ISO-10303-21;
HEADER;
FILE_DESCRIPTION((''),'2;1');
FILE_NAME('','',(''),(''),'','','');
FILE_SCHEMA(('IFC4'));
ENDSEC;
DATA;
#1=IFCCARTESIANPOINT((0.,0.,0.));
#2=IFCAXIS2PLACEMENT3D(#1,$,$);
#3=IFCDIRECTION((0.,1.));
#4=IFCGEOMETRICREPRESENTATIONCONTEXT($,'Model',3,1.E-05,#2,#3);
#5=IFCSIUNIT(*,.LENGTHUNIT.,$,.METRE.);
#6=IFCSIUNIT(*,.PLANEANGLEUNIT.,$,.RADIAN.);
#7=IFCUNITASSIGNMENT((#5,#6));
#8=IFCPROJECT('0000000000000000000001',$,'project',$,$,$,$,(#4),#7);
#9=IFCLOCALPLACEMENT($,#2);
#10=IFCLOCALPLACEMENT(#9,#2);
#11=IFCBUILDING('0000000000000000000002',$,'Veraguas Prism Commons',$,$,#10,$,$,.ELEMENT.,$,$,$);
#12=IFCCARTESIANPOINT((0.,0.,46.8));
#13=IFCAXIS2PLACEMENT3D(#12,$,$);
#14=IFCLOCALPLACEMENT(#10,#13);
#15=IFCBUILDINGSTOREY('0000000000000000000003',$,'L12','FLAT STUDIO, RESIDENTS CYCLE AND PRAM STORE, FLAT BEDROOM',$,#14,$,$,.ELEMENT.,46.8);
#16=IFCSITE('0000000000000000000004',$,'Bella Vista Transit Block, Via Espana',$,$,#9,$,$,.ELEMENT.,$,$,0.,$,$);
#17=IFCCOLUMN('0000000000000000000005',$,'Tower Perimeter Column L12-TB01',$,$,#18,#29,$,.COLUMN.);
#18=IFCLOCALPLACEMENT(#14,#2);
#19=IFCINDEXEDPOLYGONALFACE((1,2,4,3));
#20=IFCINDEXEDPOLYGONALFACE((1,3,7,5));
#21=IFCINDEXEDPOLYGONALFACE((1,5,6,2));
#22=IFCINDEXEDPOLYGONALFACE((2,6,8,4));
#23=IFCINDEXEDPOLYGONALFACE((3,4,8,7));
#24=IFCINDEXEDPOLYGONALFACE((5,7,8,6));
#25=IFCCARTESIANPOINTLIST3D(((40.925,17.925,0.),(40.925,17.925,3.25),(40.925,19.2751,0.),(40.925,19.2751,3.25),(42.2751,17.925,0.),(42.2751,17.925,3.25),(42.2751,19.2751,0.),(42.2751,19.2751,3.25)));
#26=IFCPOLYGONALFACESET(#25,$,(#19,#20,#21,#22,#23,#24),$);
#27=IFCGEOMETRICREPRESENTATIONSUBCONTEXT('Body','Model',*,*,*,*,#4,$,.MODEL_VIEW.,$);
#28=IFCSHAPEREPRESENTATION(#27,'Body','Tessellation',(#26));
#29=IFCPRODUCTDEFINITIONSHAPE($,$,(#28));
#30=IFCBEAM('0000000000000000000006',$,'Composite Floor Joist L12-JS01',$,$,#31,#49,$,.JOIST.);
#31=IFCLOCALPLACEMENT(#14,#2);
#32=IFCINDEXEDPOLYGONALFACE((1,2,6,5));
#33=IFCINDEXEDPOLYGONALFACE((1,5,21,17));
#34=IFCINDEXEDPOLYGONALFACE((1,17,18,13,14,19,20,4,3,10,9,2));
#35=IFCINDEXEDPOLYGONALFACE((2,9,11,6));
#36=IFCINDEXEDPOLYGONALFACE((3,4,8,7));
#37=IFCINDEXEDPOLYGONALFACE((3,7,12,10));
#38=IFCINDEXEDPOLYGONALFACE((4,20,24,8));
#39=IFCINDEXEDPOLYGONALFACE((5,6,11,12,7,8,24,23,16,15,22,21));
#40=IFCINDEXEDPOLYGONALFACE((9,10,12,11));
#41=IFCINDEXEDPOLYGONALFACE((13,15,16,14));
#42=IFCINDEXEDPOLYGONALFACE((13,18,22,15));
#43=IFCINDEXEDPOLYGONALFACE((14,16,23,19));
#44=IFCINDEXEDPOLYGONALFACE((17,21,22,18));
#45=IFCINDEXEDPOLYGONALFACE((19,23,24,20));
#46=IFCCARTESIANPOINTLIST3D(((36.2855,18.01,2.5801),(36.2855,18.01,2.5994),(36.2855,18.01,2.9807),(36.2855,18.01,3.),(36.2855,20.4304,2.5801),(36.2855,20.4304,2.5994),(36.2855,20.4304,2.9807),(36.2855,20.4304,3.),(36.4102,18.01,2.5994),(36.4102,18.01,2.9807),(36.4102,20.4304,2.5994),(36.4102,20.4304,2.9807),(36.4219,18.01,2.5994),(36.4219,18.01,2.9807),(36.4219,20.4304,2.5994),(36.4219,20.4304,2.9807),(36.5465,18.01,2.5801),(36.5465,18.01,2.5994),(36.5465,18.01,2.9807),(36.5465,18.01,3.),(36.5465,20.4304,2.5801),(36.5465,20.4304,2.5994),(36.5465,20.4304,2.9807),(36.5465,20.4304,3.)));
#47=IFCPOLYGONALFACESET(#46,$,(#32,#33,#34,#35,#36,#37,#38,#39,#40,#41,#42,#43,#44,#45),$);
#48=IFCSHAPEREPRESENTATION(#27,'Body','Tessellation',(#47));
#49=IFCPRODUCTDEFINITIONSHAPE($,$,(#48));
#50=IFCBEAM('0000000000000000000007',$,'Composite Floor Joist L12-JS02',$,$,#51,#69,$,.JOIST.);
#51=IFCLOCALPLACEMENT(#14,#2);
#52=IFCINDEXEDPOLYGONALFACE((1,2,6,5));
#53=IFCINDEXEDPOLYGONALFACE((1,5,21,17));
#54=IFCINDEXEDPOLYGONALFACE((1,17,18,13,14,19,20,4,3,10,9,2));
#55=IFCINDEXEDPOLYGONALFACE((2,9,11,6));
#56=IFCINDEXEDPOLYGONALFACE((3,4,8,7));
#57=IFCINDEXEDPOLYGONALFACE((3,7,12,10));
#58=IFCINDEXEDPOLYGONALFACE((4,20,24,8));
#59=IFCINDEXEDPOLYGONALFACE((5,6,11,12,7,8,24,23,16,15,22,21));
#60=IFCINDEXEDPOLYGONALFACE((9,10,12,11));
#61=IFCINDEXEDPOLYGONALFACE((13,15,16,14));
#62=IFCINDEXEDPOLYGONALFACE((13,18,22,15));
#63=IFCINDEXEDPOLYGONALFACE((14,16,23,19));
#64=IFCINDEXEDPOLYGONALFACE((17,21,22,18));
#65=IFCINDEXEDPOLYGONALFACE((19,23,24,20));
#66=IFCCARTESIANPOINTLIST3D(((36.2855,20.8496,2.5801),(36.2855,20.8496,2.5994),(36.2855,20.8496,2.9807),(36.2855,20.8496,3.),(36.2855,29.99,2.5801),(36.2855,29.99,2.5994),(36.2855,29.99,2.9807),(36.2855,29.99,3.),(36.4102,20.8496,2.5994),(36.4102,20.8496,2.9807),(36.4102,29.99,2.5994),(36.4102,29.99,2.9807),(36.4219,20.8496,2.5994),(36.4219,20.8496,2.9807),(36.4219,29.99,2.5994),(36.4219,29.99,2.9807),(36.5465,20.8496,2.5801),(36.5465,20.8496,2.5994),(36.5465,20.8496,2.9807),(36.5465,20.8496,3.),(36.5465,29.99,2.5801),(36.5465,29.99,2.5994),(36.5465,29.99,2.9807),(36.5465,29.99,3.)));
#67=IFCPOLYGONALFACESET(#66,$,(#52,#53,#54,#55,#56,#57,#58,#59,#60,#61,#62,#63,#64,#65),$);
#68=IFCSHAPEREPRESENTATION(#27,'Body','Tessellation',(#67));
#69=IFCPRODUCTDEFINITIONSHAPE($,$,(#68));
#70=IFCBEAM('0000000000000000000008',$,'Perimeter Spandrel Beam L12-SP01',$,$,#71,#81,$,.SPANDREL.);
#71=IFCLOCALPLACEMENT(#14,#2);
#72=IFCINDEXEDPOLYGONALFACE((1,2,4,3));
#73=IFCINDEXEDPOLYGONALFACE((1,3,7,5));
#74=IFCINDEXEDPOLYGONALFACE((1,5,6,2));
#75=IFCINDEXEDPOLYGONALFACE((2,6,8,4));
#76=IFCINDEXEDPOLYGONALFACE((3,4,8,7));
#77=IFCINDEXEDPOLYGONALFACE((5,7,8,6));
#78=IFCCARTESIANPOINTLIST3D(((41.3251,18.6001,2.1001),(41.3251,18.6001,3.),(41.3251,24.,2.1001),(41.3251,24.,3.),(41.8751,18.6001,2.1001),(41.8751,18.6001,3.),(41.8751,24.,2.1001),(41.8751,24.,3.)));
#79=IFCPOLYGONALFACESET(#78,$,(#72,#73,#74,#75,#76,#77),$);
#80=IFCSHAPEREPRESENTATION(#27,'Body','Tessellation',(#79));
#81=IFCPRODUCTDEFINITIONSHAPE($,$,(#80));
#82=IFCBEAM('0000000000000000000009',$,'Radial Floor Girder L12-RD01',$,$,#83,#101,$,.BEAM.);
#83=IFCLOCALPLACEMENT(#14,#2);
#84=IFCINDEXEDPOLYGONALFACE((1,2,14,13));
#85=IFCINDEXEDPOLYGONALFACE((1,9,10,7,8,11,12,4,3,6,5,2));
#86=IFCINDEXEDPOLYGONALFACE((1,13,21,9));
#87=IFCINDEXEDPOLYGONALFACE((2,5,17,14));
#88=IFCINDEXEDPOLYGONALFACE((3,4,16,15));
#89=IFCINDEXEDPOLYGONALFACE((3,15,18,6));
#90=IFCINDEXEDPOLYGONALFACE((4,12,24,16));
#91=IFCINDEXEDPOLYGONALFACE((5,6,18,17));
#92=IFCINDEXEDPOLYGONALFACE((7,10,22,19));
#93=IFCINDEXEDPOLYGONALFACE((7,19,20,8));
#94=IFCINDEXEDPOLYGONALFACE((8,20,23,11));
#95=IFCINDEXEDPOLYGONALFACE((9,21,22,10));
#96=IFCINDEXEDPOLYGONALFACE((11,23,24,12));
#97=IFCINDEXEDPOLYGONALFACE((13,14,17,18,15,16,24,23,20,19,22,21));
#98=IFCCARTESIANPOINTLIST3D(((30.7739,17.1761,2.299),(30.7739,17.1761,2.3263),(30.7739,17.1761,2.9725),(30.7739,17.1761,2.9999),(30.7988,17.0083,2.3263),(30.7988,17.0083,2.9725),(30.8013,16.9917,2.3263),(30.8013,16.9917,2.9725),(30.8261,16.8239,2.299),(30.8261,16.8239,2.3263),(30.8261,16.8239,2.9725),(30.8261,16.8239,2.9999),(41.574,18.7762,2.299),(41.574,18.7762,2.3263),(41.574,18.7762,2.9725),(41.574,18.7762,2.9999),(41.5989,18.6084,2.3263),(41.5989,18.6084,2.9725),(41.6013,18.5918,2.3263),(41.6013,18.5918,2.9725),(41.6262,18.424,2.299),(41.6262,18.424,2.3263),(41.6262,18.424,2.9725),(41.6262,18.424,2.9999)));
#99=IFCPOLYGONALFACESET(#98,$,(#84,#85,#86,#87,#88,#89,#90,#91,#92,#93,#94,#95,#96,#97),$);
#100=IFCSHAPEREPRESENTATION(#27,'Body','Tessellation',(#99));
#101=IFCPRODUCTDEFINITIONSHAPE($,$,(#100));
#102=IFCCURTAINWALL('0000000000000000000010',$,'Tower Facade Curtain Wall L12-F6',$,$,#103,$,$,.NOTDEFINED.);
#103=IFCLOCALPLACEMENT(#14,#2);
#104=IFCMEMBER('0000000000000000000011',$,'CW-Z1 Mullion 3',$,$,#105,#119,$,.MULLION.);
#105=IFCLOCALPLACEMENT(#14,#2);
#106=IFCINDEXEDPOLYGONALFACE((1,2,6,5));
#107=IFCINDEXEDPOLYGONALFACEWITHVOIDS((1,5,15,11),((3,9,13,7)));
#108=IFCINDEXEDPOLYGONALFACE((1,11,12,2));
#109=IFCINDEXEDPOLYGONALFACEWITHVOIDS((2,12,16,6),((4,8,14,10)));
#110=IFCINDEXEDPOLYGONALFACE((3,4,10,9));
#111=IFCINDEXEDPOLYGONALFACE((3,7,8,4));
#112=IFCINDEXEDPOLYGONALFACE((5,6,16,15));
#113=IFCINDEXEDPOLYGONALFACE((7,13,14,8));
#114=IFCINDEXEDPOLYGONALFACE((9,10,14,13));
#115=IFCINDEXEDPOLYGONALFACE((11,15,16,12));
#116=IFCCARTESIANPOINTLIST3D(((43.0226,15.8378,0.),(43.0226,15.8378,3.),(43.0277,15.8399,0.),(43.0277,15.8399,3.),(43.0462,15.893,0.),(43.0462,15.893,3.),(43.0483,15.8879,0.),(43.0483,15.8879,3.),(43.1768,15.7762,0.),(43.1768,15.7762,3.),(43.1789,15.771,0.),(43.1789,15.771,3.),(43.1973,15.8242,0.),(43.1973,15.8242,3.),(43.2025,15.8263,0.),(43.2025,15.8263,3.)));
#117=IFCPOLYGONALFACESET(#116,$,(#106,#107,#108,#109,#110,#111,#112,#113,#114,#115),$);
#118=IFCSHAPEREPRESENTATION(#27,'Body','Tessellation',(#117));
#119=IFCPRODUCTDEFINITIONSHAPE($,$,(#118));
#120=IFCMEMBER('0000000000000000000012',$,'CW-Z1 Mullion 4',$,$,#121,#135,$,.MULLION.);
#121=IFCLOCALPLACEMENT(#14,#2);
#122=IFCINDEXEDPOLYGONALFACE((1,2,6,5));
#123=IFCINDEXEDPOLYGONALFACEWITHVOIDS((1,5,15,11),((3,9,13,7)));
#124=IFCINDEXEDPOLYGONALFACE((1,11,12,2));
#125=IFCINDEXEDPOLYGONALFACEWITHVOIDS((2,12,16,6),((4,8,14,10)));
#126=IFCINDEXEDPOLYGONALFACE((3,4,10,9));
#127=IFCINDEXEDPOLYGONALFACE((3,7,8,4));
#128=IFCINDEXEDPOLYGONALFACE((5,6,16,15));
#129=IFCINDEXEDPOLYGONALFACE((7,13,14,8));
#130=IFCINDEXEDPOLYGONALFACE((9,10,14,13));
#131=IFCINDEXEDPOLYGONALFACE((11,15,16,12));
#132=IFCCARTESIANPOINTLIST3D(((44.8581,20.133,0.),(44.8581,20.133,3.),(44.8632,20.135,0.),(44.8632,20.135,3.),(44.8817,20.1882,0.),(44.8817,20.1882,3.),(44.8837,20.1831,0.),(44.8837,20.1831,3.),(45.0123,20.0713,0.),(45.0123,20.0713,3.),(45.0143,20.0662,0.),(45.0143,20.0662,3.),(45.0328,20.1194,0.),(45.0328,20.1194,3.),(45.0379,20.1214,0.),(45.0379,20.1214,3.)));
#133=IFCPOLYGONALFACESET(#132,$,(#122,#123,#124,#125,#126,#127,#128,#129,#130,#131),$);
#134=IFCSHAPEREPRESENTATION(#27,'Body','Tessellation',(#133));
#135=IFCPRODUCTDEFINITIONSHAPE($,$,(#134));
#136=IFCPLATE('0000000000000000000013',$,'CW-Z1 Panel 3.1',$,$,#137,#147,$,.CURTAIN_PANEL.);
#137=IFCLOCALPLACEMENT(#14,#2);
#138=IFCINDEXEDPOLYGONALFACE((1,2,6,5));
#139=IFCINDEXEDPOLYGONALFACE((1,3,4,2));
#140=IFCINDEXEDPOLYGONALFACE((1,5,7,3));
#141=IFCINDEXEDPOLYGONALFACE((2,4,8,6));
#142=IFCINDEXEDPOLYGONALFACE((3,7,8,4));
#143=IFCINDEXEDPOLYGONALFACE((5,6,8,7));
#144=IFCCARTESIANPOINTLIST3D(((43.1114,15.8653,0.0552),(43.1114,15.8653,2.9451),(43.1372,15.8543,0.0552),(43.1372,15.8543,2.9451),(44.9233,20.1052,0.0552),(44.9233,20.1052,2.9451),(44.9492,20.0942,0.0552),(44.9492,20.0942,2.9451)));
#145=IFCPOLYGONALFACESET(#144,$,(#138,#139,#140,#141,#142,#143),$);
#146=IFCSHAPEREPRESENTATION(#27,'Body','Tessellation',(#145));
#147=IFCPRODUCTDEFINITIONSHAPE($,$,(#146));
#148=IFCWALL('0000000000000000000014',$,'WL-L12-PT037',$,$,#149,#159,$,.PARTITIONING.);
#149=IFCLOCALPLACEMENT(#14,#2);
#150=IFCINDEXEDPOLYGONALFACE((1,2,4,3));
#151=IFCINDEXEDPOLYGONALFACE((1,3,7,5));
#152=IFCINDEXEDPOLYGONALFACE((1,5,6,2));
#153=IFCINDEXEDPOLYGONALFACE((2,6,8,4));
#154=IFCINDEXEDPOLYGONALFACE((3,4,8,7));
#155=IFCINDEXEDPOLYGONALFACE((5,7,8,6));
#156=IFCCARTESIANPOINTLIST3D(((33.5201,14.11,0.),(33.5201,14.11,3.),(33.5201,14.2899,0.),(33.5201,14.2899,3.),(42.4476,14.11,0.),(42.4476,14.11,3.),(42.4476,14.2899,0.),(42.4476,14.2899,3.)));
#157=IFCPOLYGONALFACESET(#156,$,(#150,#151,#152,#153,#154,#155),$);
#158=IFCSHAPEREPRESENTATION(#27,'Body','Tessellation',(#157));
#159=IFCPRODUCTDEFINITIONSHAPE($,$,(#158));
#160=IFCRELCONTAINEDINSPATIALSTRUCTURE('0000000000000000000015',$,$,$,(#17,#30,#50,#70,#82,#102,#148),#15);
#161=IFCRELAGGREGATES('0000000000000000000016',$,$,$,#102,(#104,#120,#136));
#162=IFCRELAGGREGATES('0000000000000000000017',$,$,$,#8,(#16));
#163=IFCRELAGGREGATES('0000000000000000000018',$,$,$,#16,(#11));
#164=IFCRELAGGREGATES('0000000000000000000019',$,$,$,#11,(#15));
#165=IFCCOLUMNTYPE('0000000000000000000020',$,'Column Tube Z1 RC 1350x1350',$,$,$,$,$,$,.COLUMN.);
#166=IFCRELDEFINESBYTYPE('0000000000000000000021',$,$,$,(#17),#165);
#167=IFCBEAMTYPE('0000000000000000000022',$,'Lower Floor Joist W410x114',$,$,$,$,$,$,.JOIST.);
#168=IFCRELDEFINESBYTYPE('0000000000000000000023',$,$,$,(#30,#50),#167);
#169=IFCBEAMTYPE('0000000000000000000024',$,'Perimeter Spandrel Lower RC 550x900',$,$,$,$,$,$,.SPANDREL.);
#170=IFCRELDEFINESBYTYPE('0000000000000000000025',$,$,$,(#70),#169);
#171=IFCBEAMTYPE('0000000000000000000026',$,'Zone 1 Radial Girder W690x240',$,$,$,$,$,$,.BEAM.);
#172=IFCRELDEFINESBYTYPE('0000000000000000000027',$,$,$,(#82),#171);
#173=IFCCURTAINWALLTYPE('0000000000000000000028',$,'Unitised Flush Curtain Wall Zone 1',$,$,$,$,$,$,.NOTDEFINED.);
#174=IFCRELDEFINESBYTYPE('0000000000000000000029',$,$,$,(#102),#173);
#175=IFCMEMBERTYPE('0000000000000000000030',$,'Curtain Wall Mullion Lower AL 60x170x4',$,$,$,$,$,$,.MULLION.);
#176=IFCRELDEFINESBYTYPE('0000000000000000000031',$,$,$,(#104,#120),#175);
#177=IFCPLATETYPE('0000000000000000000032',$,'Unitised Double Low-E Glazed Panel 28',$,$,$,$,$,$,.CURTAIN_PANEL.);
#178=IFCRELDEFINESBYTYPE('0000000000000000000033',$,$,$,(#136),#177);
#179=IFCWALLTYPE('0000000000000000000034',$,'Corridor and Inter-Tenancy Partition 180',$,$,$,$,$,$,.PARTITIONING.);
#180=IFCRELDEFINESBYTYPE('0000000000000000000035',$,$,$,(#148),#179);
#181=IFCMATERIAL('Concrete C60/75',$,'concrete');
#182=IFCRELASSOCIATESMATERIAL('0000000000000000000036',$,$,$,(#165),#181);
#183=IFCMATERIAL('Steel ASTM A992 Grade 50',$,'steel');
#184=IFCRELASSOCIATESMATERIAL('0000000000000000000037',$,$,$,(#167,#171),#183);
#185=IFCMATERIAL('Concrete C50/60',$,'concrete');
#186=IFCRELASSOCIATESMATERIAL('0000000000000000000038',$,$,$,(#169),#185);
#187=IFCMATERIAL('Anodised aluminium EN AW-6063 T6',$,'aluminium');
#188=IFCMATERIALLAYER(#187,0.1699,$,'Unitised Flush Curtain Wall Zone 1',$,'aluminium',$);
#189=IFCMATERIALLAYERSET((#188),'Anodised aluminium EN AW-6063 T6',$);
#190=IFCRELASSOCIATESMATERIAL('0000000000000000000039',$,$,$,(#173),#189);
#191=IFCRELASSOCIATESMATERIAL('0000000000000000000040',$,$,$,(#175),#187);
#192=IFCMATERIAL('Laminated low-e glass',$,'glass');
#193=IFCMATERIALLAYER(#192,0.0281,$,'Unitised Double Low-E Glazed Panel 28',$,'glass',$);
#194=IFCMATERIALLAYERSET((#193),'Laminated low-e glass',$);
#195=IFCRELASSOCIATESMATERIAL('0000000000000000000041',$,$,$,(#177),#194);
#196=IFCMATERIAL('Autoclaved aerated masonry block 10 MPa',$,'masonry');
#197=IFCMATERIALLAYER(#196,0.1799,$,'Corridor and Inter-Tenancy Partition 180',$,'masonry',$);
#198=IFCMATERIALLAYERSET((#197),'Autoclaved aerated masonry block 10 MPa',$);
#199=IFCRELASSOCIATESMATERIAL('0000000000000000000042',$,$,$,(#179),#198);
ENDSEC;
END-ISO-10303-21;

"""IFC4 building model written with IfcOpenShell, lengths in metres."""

from ifc_helpers import new_model, si_unit, direction, frame, frame_2d, origin, origin_2d, place, context, subcontext, project, spatial, rectangle, hollow_rectangle, i_section, extrude, source, transform, mapped, material, layer, layer_set, material_profile, profile_set, type_object, element, aggregate, save


model = new_model("IFC4")

# Units and contexts
model_context = context("Model", 3, precision=1e-05, world=origin(), true_north=direction((0.0, 1.0)))
body_context = subcontext(model_context, "Body", "Model", "MODEL_VIEW")
ifc_project = project(units=[si_unit("LENGTHUNIT", "METRE"), si_unit("PLANEANGLEUNIT", "RADIAN")], contexts=[model_context])

# Site, building, storey
site_placement = place(None, origin())
site = spatial("IfcSite", under=ifc_project, at=site_placement, Name="Bella Vista Transit Block, Via Espana", CompositionType="ELEMENT", RefElevation=0.0)
building_placement = place(site_placement, origin())
building = spatial("IfcBuilding", under=site, at=building_placement, Name="Veraguas Prism Commons", CompositionType="ELEMENT")
storey_placement = place(building_placement, frame((0.0, 0.0, 46.8)))
storey = spatial("IfcBuildingStorey", under=building, at=storey_placement, Name="L12", Description="FLAT STUDIO, RESIDENTS CYCLE AND PRAM STORE, FLAT BEDROOM", CompositionType="ELEMENT", Elevation=46.8)

# Column
ifc_material_1 = material(Name="Concrete C60/75", Category="concrete")
ifc_material_profile_1 = material_profile(ifc_material_1, rectangle(XDim=1.3501, YDim=1.3501, at=origin_2d()), Name="RC1350X1350")
ifc_profile_set_1 = profile_set([ifc_material_profile_1], Name="Concrete C60/75")
column_type = type_object("IfcColumnType", Name="Column Tube Z1 RC 1350x1350", PredefinedType="COLUMN", material=ifc_profile_set_1)
column_placement = place(storey_placement, frame((41.6001, 18.6001, 0.0), z_axis=(0.0, 0.0, 1.0), x_axis=(1.0, 0.0, 0.0)))
element("IfcColumn", 1, at=column_placement, inside=storey, type_object=column_type, Name="Tower Perimeter Column L12-TB01", PredefinedType="COLUMN", context=body_context, shape_type="SweptSolid", body=[
    extrude(rectangle(XDim=1.3501, YDim=1.3501, at=origin_2d()), origin(), (0.0, 0.0, 1.0), 3.25),
])

# Beams
ifc_material_2 = material(Name="Steel ASTM A992 Grade 50", Category="steel")
ifc_material_profile_2 = material_profile(ifc_material_2, i_section(OverallWidth=0.261, OverallDepth=0.4199, WebThickness=0.0117, FlangeThickness=0.0193, at=origin_2d()), Name="W410X114")
ifc_profile_set_2 = profile_set([ifc_material_profile_2], Name="Steel ASTM A992 Grade 50")
beam_type_1 = type_object("IfcBeamType", Name="Lower Floor Joist W410x114", PredefinedType="JOIST", material=ifc_profile_set_2)
beam_1_placement = place(storey_placement, frame((36.416, 18.01, 2.79), z_axis=(0.0, 1.0, 0.0), x_axis=(-1.0, 0.0, 0.0)))
element("IfcBeam", 2, at=beam_1_placement, inside=storey, type_object=beam_type_1, Name="Composite Floor Joist L12-JS01", PredefinedType="JOIST", context=body_context, shape_type="SweptSolid", body=[
    extrude(i_section(OverallWidth=0.261, OverallDepth=0.4199, WebThickness=0.0117, FlangeThickness=0.0193, at=origin_2d()), origin(), (0.0, 0.0, 1.0), 2.4204),
])
beam_2_placement = place(storey_placement, frame((36.416, 20.8496, 2.79), z_axis=(0.0, 1.0, 0.0), x_axis=(-1.0, 0.0, 0.0)))
element("IfcBeam", 3, at=beam_2_placement, inside=storey, type_object=beam_type_1, Name="Composite Floor Joist L12-JS02", PredefinedType="JOIST", context=body_context, shape_type="SweptSolid", body=[
    extrude(i_section(OverallWidth=0.261, OverallDepth=0.4199, WebThickness=0.0117, FlangeThickness=0.0193, at=origin_2d()), origin(), (0.0, 0.0, 1.0), 9.1404),
])
ifc_material_3 = material(Name="Concrete C50/60", Category="concrete")
ifc_material_profile_3 = material_profile(ifc_material_3, rectangle(XDim=0.55, YDim=0.8999, at=origin_2d()), Name="RC550X900")
ifc_profile_set_3 = profile_set([ifc_material_profile_3], Name="Concrete C50/60")
beam_type_2 = type_object("IfcBeamType", Name="Perimeter Spandrel Lower RC 550x900", PredefinedType="SPANDREL", material=ifc_profile_set_3)
beam_3_placement = place(storey_placement, frame((41.6001, 18.6001, 2.55), z_axis=(0.0, 1.0, 0.0), x_axis=(-1.0, 0.0, 0.0)))
element("IfcBeam", 4, at=beam_3_placement, inside=storey, type_object=beam_type_2, Name="Perimeter Spandrel Beam L12-SP01", PredefinedType="SPANDREL", context=body_context, shape_type="SweptSolid", body=[
    extrude(rectangle(XDim=0.55, YDim=0.8999, at=origin_2d()), origin(), (0.0, 0.0, 1.0), 5.3999),
])
ifc_material_profile_4 = material_profile(ifc_material_2, i_section(OverallWidth=0.356, OverallDepth=0.7009, WebThickness=0.0168, FlangeThickness=0.0273, at=origin_2d()), Name="W690X240")
ifc_profile_set_4 = profile_set([ifc_material_profile_4], Name="Steel ASTM A992 Grade 50")
beam_type_3 = type_object("IfcBeamType", Name="Zone 1 Radial Girder W690x240", PredefinedType="BEAM", material=ifc_profile_set_4)
beam_4_placement = place(storey_placement, frame((41.6001, 18.6001, 2.6494), z_axis=(-0.989202, -0.146557, 0.0), x_axis=(0.146557, -0.989202, 0.0)))
element("IfcBeam", 5, at=beam_4_placement, inside=storey, type_object=beam_type_3, Name="Radial Floor Girder L12-RD01", PredefinedType="BEAM", context=body_context, shape_type="SweptSolid", body=[
    extrude(i_section(OverallWidth=0.356, OverallDepth=0.7009, WebThickness=0.0168, FlangeThickness=0.0273, at=origin_2d()), origin(), (0.0, 0.0, 1.0), 10.918),
])

# Curtain wall, members, plate
ifc_material_4 = material(Name="Anodised aluminium EN AW-6063 T6", Category="aluminium")
ifc_layer_1 = layer(ifc_material_4, 0.1699, Name="Unitised Flush Curtain Wall Zone 1", Category="aluminium")
ifc_layer_set_1 = layer_set([ifc_layer_1], Name="Anodised aluminium EN AW-6063 T6")
curtain_wall_type = type_object("IfcCurtainWallType", Name="Unitised Flush Curtain Wall Zone 1", PredefinedType="NOTDEFINED", material=ifc_layer_set_1)
curtain_wall_placement = place(storey_placement, origin())
curtain_wall = element("IfcCurtainWall", 6, at=curtain_wall_placement, inside=storey, type_object=curtain_wall_type, Name="Tower Facade Curtain Wall L12-F6", PredefinedType="NOTDEFINED")
ifc_material_profile_5 = material_profile(ifc_material_4, hollow_rectangle(XDim=0.0601, YDim=0.1699, WallThickness=0.0039, at=origin_2d()), Name="AL60X170X4")
ifc_profile_set_5 = profile_set([ifc_material_profile_5], Name="Anodised aluminium EN AW-6063 T6")
member_type = type_object("IfcMemberType", Name="Curtain Wall Mullion Lower AL 60x170x4", PredefinedType="MULLION", material=ifc_profile_set_5)
shared_shape_1 = source(origin(), body_context, "Body", "SweptSolid", [
    extrude(hollow_rectangle(XDim=0.0601, YDim=0.1699, WallThickness=0.0039, at=origin_2d()), origin(), (0.0, 0.0, 1.0), 3.0),
])
member_1_placement = place(storey_placement, frame((43.1125, 15.832, 0.0), z_axis=(0.0, 0.0, 1.0), x_axis=(0.392978, 0.919548, 0.0)))
member_1 = element("IfcMember", 7, at=member_1_placement, type_object=member_type, Name="CW-Z1 Mullion 3", PredefinedType="MULLION", context=body_context, shape_type="MappedRepresentation", body=[
    mapped(shared_shape_1, transform((0.0, 0.0, 0.0), scale=1.0)),
])
member_2_placement = place(storey_placement, frame((44.948, 20.1272, 0.0), z_axis=(0.0, 0.0, 1.0), x_axis=(0.392978, 0.919548, 0.0)))
member_2 = element("IfcMember", 8, at=member_2_placement, type_object=member_type, Name="CW-Z1 Mullion 4", PredefinedType="MULLION", context=body_context, shape_type="MappedRepresentation", body=[
    mapped(shared_shape_1, transform((0.0, 0.0, 0.0), scale=1.0)),
])
ifc_material_5 = material(Name="Laminated low-e glass", Category="glass")
ifc_layer_2 = layer(ifc_material_5, 0.0281, Name="Unitised Double Low-E Glazed Panel 28", Category="glass")
ifc_layer_set_2 = layer_set([ifc_layer_2], Name="Laminated low-e glass")
plate_type = type_object("IfcPlateType", Name="Unitised Double Low-E Glazed Panel 28", PredefinedType="CURTAIN_PANEL", material=ifc_layer_set_2)
shared_shape_2 = source(origin(), body_context, "Body", "SweptSolid", [
    extrude(rectangle(XDim=4.6108, YDim=0.0281, at=origin_2d()), origin(), (0.0, 0.0, 1.0), 2.8899),
])
plate_placement = place(storey_placement, frame((44.0303, 17.9797, 0.0552), z_axis=(0.0, 0.0, 1.0), x_axis=(0.392978, 0.919548, 0.0)))
plate = element("IfcPlate", 9, at=plate_placement, type_object=plate_type, Name="CW-Z1 Panel 3.1", PredefinedType="CURTAIN_PANEL", context=body_context, shape_type="MappedRepresentation", body=[
    mapped(shared_shape_2, transform((0.0, 0.0, 0.0), scale=1.0)),
])
aggregate(curtain_wall, [member_1, member_2, plate])

# Wall
ifc_material_6 = material(Name="Autoclaved aerated masonry block 10 MPa", Category="masonry")
ifc_layer_3 = layer(ifc_material_6, 0.1799, Name="Corridor and Inter-Tenancy Partition 180", Category="masonry")
ifc_layer_set_3 = layer_set([ifc_layer_3], Name="Autoclaved aerated masonry block 10 MPa")
wall_type_1 = type_object("IfcWallType", Name="Corridor and Inter-Tenancy Partition 180", PredefinedType="PARTITIONING", material=ifc_layer_set_3)
wall_1_placement = place(storey_placement, frame((33.52, 14.2, 0.0), z_axis=(0.0, 0.0, 1.0), x_axis=(1.0, 0.0, 0.0)))
element("IfcWall", 10, at=wall_1_placement, inside=storey, type_object=wall_type_1, Name="WL-L12-PT037", PredefinedType="PARTITIONING", context=body_context, shape_type="SweptSolid", body=[
    extrude(rectangle(XDim=8.9275, YDim=0.1799, at=frame_2d((4.4639, 0.0))), origin(), (0.0, 0.0, 1.0), 3.0),
])

save(model, "model.ifc")
